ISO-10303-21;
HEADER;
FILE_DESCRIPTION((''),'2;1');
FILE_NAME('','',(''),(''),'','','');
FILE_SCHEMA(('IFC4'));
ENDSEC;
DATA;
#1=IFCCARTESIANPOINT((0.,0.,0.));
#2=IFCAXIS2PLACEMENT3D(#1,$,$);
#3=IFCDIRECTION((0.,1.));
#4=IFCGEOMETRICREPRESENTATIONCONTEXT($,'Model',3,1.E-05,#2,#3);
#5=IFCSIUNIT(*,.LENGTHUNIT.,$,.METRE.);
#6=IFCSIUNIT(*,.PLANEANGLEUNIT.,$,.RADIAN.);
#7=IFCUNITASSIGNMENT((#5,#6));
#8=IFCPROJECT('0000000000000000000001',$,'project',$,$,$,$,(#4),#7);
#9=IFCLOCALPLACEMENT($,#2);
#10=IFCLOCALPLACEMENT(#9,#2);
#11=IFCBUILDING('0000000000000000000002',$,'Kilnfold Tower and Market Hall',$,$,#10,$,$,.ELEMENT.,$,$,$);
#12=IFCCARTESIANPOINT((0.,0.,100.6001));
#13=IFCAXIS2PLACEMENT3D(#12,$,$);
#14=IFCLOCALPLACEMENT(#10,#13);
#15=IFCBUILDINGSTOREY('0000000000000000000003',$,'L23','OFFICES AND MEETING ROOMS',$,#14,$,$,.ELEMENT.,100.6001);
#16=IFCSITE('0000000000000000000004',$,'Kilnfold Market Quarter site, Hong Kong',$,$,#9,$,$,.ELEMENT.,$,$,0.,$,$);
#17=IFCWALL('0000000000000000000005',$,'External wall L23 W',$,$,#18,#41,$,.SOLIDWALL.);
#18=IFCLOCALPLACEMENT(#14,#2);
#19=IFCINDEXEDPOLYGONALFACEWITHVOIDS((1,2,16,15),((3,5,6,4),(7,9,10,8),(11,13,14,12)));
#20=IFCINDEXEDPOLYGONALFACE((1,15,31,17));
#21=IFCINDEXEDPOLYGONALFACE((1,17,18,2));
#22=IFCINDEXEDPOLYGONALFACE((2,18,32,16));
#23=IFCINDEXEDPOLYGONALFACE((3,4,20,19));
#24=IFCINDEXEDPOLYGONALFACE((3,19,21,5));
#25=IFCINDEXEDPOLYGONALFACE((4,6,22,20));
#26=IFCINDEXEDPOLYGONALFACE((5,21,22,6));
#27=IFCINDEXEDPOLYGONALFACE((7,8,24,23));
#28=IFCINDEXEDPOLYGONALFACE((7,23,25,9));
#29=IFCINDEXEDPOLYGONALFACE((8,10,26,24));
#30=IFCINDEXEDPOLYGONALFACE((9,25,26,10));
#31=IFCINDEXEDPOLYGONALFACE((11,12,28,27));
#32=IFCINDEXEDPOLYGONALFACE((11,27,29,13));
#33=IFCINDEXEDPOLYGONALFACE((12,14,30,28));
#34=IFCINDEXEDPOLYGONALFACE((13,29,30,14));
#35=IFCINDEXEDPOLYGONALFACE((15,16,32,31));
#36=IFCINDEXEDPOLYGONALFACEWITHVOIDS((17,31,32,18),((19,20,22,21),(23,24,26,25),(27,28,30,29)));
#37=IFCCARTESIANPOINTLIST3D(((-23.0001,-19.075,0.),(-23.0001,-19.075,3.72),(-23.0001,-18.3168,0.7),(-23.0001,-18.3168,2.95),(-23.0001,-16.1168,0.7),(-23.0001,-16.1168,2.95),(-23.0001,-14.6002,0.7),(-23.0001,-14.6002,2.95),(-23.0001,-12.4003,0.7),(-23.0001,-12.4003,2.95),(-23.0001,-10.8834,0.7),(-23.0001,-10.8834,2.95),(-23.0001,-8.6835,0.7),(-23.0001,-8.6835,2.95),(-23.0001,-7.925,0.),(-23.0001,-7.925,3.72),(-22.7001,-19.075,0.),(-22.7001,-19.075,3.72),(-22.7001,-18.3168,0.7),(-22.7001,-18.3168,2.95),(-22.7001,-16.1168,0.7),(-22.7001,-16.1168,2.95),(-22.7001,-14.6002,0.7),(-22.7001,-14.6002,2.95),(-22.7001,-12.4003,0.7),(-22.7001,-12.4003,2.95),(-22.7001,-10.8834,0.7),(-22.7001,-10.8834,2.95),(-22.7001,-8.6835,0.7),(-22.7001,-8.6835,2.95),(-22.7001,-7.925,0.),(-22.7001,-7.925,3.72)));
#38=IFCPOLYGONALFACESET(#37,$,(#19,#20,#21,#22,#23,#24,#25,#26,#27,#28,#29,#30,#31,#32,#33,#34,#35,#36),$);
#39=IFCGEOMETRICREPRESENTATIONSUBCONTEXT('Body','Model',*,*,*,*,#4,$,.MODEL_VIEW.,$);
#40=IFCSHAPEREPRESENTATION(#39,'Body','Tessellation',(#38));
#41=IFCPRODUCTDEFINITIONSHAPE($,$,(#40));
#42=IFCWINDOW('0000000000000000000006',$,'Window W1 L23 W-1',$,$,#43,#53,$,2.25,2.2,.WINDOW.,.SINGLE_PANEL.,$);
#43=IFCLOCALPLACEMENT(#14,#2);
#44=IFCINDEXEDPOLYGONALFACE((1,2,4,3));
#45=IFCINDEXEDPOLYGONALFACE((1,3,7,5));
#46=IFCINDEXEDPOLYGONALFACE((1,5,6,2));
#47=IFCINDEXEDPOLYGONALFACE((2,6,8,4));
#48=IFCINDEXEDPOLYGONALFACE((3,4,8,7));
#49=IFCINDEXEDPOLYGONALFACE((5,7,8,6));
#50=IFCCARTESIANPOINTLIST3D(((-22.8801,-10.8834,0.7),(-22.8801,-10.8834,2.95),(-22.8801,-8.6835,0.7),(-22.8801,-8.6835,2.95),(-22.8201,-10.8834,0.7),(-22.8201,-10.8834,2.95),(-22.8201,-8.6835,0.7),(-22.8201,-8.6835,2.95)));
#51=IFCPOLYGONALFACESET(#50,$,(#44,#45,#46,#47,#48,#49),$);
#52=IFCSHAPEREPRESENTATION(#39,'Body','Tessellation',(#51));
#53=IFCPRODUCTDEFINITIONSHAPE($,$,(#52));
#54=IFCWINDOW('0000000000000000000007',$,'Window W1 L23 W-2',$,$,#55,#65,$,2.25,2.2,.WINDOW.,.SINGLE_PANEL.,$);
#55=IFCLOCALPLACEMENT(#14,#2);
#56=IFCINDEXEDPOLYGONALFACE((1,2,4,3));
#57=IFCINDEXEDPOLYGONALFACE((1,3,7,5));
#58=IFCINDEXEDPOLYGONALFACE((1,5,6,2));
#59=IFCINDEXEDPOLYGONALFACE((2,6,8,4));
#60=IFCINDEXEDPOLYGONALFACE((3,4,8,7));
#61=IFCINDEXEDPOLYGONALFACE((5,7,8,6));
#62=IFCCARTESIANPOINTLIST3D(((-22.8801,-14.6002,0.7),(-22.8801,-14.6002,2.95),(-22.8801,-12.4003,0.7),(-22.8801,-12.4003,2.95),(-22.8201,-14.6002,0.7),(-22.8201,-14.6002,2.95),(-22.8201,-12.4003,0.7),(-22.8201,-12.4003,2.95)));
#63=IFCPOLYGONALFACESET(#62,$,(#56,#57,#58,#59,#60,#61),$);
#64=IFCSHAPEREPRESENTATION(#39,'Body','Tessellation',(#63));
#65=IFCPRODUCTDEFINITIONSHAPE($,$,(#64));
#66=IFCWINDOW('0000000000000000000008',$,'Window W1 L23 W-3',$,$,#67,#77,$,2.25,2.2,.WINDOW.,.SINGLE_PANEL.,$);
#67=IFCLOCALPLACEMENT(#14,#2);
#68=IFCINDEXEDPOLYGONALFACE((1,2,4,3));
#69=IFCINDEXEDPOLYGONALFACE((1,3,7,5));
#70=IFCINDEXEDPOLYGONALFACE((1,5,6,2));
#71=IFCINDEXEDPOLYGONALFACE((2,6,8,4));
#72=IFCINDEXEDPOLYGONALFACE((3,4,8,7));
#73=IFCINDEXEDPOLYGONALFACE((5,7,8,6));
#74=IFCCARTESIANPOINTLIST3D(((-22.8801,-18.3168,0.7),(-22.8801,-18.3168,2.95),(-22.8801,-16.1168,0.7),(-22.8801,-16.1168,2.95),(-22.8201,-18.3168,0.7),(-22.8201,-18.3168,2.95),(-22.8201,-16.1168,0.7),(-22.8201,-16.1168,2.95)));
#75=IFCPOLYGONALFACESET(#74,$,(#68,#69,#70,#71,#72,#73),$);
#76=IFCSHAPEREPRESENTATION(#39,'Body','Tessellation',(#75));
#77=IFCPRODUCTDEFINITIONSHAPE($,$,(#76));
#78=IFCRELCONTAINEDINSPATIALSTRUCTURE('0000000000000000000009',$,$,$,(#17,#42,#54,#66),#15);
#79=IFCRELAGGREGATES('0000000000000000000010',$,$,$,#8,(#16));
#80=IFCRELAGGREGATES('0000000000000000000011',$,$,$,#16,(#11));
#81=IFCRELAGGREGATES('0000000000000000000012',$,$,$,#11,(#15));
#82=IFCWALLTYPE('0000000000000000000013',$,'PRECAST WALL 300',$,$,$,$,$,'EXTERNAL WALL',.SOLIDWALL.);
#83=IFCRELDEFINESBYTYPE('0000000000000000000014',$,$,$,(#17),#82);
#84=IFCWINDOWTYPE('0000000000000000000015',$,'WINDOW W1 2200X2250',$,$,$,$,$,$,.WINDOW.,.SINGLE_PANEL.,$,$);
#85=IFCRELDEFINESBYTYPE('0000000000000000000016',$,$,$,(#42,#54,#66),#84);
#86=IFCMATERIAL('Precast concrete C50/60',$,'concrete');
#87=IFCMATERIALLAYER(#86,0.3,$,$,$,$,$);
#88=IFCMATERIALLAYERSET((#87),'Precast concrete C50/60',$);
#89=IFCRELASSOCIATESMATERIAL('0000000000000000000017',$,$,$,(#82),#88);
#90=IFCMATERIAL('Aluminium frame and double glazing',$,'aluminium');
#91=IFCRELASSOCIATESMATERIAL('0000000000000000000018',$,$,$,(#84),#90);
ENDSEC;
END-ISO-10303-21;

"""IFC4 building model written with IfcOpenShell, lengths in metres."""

from ifc_helpers import new_model, si_unit, direction, frame, frame_2d, origin, place, context, subcontext, project, spatial, rectangle, extrude, source, transform, mapped, material, layer, layer_set, type_object, element, fill, save


model = new_model("IFC4")

# Units and contexts
model_context = context("Model", 3, precision=1e-05, world=origin(), true_north=direction((0.0, 1.0)))
body_context = subcontext(model_context, "Body", "Model", "MODEL_VIEW")
ifc_project = project(units=[si_unit("LENGTHUNIT", "METRE"), si_unit("PLANEANGLEUNIT", "RADIAN")], contexts=[model_context])

# Site, building, storey
site_placement = place(None, origin())
site = spatial("IfcSite", under=ifc_project, at=site_placement, Name="Kilnfold Market Quarter site, Hong Kong", CompositionType="ELEMENT", RefElevation=0.0)
building_placement = place(site_placement, origin())
building = spatial("IfcBuilding", under=site, at=building_placement, Name="Kilnfold Tower and Market Hall", CompositionType="ELEMENT")
storey_placement = place(building_placement, frame((0.0, 0.0, 100.6001)))
storey = spatial("IfcBuildingStorey", under=building, at=storey_placement, Name="L23", Description="OFFICES AND MEETING ROOMS", CompositionType="ELEMENT", Elevation=100.6001)

# Wall, openings, windows
ifc_material_1 = material(Name="Precast concrete C50/60", Category="concrete")
ifc_layer_1 = layer(ifc_material_1, 0.3)
ifc_layer_set_1 = layer_set([ifc_layer_1], Name="Precast concrete C50/60")
wall_type_1 = type_object("IfcWallType", Name="PRECAST WALL 300", ElementType="EXTERNAL WALL", PredefinedType="SOLIDWALL", material=ifc_layer_set_1)
ifc_material_2 = material(Name="Aluminium frame and double glazing", Category="aluminium")
window_type = type_object("IfcWindowType", Name="WINDOW W1 2200X2250", PartitioningType="SINGLE_PANEL", PredefinedType="WINDOW", material=ifc_material_2)
shared_shape_1 = source(origin(), body_context, "Body", "SweptSolid", [
    extrude(rectangle(XDim=11.1499, YDim=0.3, at=frame_2d((5.575, 0.0))), origin(), (0.0, 0.0, 1.0), 3.72),
])
wall_1_placement = place(storey_placement, frame((-22.8501, -7.925, 0.0), z_axis=(0.0, 0.0, 1.0), x_axis=(0.0, -1.0, 0.0)))
wall_1 = element("IfcWall", 1, at=wall_1_placement, inside=storey, type_object=wall_type_1, Name="External wall L23 W", PredefinedType="SOLIDWALL", context=body_context, shape_type="MappedRepresentation", body=[
    mapped(shared_shape_1, transform((0.0, 0.0, 0.0))),
])
opening_1_placement = place(wall_1_placement, frame((0.7583, 0.0, 0.7)))
opening_1 = element("IfcOpeningElement", 2, at=opening_1_placement, cuts=wall_1, PredefinedType="OPENING", context=body_context, shape_type="SweptSolid", body=[
    extrude(rectangle(XDim=2.2, YDim=2.25, at=frame_2d((1.1001, 1.125))), frame((0.0, 0.1602, 0.0), z_axis=(0.0, -1.0, 0.0), x_axis=(1.0, 0.0, 0.0)), (0.0, 0.0, 1.0), 0.3201),
])
opening_2_placement = place(wall_1_placement, frame((4.4751, 0.0, 0.7)))
opening_2 = element("IfcOpeningElement", 3, at=opening_2_placement, cuts=wall_1, PredefinedType="OPENING", context=body_context, shape_type="SweptSolid", body=[
    extrude(rectangle(XDim=2.2, YDim=2.25, at=frame_2d((1.1001, 1.125))), frame((0.0, 0.1602, 0.0), z_axis=(0.0, -1.0, 0.0), x_axis=(1.0, 0.0, 0.0)), (0.0, 0.0, 1.0), 0.3201),
])
opening_3_placement = place(wall_1_placement, frame((8.1917, 0.0, 0.7)))
opening_3 = element("IfcOpeningElement", 4, at=opening_3_placement, cuts=wall_1, PredefinedType="OPENING", context=body_context, shape_type="SweptSolid", body=[
    extrude(rectangle(XDim=2.2, YDim=2.25, at=frame_2d((1.1001, 1.125))), frame((0.0, 0.1602, 0.0), z_axis=(0.0, -1.0, 0.0), x_axis=(1.0, 0.0, 0.0)), (0.0, 0.0, 1.0), 0.3201),
])
window_1_placement = place(opening_1_placement, origin())
window_1 = element("IfcWindow", 5, at=window_1_placement, inside=storey, type_object=window_type, Name="Window W1 L23 W-1", OverallHeight=2.25, OverallWidth=2.2, PartitioningType="SINGLE_PANEL", PredefinedType="WINDOW", context=body_context, shape_type="SweptSolid", body=[
    extrude(rectangle(XDim=2.2, YDim=2.25, at=frame_2d((1.1001, 1.125))), frame((0.0, 0.03, 0.0), z_axis=(0.0, -1.0, 0.0), x_axis=(1.0, 0.0, 0.0)), (0.0, 0.0, 1.0), 0.0601),
])
fill(opening_1, window_1)
window_2_placement = place(opening_2_placement, origin())
window_2 = element("IfcWindow", 6, at=window_2_placement, inside=storey, type_object=window_type, Name="Window W1 L23 W-2", OverallHeight=2.25, OverallWidth=2.2, PartitioningType="SINGLE_PANEL", PredefinedType="WINDOW", context=body_context, shape_type="SweptSolid", body=[
    extrude(rectangle(XDim=2.2, YDim=2.25, at=frame_2d((1.1001, 1.125))), frame((0.0, 0.03, 0.0), z_axis=(0.0, -1.0, 0.0), x_axis=(1.0, 0.0, 0.0)), (0.0, 0.0, 1.0), 0.0601),
])
fill(opening_2, window_2)
window_3_placement = place(opening_3_placement, origin())
window_3 = element("IfcWindow", 7, at=window_3_placement, inside=storey, type_object=window_type, Name="Window W1 L23 W-3", OverallHeight=2.25, OverallWidth=2.2, PartitioningType="SINGLE_PANEL", PredefinedType="WINDOW", context=body_context, shape_type="SweptSolid", body=[
    extrude(rectangle(XDim=2.2, YDim=2.25, at=frame_2d((1.1001, 1.125))), frame((0.0, 0.03, 0.0), z_axis=(0.0, -1.0, 0.0), x_axis=(1.0, 0.0, 0.0)), (0.0, 0.0, 1.0), 0.0601),
])
fill(opening_3, window_3)

save(model, "model.ifc")
